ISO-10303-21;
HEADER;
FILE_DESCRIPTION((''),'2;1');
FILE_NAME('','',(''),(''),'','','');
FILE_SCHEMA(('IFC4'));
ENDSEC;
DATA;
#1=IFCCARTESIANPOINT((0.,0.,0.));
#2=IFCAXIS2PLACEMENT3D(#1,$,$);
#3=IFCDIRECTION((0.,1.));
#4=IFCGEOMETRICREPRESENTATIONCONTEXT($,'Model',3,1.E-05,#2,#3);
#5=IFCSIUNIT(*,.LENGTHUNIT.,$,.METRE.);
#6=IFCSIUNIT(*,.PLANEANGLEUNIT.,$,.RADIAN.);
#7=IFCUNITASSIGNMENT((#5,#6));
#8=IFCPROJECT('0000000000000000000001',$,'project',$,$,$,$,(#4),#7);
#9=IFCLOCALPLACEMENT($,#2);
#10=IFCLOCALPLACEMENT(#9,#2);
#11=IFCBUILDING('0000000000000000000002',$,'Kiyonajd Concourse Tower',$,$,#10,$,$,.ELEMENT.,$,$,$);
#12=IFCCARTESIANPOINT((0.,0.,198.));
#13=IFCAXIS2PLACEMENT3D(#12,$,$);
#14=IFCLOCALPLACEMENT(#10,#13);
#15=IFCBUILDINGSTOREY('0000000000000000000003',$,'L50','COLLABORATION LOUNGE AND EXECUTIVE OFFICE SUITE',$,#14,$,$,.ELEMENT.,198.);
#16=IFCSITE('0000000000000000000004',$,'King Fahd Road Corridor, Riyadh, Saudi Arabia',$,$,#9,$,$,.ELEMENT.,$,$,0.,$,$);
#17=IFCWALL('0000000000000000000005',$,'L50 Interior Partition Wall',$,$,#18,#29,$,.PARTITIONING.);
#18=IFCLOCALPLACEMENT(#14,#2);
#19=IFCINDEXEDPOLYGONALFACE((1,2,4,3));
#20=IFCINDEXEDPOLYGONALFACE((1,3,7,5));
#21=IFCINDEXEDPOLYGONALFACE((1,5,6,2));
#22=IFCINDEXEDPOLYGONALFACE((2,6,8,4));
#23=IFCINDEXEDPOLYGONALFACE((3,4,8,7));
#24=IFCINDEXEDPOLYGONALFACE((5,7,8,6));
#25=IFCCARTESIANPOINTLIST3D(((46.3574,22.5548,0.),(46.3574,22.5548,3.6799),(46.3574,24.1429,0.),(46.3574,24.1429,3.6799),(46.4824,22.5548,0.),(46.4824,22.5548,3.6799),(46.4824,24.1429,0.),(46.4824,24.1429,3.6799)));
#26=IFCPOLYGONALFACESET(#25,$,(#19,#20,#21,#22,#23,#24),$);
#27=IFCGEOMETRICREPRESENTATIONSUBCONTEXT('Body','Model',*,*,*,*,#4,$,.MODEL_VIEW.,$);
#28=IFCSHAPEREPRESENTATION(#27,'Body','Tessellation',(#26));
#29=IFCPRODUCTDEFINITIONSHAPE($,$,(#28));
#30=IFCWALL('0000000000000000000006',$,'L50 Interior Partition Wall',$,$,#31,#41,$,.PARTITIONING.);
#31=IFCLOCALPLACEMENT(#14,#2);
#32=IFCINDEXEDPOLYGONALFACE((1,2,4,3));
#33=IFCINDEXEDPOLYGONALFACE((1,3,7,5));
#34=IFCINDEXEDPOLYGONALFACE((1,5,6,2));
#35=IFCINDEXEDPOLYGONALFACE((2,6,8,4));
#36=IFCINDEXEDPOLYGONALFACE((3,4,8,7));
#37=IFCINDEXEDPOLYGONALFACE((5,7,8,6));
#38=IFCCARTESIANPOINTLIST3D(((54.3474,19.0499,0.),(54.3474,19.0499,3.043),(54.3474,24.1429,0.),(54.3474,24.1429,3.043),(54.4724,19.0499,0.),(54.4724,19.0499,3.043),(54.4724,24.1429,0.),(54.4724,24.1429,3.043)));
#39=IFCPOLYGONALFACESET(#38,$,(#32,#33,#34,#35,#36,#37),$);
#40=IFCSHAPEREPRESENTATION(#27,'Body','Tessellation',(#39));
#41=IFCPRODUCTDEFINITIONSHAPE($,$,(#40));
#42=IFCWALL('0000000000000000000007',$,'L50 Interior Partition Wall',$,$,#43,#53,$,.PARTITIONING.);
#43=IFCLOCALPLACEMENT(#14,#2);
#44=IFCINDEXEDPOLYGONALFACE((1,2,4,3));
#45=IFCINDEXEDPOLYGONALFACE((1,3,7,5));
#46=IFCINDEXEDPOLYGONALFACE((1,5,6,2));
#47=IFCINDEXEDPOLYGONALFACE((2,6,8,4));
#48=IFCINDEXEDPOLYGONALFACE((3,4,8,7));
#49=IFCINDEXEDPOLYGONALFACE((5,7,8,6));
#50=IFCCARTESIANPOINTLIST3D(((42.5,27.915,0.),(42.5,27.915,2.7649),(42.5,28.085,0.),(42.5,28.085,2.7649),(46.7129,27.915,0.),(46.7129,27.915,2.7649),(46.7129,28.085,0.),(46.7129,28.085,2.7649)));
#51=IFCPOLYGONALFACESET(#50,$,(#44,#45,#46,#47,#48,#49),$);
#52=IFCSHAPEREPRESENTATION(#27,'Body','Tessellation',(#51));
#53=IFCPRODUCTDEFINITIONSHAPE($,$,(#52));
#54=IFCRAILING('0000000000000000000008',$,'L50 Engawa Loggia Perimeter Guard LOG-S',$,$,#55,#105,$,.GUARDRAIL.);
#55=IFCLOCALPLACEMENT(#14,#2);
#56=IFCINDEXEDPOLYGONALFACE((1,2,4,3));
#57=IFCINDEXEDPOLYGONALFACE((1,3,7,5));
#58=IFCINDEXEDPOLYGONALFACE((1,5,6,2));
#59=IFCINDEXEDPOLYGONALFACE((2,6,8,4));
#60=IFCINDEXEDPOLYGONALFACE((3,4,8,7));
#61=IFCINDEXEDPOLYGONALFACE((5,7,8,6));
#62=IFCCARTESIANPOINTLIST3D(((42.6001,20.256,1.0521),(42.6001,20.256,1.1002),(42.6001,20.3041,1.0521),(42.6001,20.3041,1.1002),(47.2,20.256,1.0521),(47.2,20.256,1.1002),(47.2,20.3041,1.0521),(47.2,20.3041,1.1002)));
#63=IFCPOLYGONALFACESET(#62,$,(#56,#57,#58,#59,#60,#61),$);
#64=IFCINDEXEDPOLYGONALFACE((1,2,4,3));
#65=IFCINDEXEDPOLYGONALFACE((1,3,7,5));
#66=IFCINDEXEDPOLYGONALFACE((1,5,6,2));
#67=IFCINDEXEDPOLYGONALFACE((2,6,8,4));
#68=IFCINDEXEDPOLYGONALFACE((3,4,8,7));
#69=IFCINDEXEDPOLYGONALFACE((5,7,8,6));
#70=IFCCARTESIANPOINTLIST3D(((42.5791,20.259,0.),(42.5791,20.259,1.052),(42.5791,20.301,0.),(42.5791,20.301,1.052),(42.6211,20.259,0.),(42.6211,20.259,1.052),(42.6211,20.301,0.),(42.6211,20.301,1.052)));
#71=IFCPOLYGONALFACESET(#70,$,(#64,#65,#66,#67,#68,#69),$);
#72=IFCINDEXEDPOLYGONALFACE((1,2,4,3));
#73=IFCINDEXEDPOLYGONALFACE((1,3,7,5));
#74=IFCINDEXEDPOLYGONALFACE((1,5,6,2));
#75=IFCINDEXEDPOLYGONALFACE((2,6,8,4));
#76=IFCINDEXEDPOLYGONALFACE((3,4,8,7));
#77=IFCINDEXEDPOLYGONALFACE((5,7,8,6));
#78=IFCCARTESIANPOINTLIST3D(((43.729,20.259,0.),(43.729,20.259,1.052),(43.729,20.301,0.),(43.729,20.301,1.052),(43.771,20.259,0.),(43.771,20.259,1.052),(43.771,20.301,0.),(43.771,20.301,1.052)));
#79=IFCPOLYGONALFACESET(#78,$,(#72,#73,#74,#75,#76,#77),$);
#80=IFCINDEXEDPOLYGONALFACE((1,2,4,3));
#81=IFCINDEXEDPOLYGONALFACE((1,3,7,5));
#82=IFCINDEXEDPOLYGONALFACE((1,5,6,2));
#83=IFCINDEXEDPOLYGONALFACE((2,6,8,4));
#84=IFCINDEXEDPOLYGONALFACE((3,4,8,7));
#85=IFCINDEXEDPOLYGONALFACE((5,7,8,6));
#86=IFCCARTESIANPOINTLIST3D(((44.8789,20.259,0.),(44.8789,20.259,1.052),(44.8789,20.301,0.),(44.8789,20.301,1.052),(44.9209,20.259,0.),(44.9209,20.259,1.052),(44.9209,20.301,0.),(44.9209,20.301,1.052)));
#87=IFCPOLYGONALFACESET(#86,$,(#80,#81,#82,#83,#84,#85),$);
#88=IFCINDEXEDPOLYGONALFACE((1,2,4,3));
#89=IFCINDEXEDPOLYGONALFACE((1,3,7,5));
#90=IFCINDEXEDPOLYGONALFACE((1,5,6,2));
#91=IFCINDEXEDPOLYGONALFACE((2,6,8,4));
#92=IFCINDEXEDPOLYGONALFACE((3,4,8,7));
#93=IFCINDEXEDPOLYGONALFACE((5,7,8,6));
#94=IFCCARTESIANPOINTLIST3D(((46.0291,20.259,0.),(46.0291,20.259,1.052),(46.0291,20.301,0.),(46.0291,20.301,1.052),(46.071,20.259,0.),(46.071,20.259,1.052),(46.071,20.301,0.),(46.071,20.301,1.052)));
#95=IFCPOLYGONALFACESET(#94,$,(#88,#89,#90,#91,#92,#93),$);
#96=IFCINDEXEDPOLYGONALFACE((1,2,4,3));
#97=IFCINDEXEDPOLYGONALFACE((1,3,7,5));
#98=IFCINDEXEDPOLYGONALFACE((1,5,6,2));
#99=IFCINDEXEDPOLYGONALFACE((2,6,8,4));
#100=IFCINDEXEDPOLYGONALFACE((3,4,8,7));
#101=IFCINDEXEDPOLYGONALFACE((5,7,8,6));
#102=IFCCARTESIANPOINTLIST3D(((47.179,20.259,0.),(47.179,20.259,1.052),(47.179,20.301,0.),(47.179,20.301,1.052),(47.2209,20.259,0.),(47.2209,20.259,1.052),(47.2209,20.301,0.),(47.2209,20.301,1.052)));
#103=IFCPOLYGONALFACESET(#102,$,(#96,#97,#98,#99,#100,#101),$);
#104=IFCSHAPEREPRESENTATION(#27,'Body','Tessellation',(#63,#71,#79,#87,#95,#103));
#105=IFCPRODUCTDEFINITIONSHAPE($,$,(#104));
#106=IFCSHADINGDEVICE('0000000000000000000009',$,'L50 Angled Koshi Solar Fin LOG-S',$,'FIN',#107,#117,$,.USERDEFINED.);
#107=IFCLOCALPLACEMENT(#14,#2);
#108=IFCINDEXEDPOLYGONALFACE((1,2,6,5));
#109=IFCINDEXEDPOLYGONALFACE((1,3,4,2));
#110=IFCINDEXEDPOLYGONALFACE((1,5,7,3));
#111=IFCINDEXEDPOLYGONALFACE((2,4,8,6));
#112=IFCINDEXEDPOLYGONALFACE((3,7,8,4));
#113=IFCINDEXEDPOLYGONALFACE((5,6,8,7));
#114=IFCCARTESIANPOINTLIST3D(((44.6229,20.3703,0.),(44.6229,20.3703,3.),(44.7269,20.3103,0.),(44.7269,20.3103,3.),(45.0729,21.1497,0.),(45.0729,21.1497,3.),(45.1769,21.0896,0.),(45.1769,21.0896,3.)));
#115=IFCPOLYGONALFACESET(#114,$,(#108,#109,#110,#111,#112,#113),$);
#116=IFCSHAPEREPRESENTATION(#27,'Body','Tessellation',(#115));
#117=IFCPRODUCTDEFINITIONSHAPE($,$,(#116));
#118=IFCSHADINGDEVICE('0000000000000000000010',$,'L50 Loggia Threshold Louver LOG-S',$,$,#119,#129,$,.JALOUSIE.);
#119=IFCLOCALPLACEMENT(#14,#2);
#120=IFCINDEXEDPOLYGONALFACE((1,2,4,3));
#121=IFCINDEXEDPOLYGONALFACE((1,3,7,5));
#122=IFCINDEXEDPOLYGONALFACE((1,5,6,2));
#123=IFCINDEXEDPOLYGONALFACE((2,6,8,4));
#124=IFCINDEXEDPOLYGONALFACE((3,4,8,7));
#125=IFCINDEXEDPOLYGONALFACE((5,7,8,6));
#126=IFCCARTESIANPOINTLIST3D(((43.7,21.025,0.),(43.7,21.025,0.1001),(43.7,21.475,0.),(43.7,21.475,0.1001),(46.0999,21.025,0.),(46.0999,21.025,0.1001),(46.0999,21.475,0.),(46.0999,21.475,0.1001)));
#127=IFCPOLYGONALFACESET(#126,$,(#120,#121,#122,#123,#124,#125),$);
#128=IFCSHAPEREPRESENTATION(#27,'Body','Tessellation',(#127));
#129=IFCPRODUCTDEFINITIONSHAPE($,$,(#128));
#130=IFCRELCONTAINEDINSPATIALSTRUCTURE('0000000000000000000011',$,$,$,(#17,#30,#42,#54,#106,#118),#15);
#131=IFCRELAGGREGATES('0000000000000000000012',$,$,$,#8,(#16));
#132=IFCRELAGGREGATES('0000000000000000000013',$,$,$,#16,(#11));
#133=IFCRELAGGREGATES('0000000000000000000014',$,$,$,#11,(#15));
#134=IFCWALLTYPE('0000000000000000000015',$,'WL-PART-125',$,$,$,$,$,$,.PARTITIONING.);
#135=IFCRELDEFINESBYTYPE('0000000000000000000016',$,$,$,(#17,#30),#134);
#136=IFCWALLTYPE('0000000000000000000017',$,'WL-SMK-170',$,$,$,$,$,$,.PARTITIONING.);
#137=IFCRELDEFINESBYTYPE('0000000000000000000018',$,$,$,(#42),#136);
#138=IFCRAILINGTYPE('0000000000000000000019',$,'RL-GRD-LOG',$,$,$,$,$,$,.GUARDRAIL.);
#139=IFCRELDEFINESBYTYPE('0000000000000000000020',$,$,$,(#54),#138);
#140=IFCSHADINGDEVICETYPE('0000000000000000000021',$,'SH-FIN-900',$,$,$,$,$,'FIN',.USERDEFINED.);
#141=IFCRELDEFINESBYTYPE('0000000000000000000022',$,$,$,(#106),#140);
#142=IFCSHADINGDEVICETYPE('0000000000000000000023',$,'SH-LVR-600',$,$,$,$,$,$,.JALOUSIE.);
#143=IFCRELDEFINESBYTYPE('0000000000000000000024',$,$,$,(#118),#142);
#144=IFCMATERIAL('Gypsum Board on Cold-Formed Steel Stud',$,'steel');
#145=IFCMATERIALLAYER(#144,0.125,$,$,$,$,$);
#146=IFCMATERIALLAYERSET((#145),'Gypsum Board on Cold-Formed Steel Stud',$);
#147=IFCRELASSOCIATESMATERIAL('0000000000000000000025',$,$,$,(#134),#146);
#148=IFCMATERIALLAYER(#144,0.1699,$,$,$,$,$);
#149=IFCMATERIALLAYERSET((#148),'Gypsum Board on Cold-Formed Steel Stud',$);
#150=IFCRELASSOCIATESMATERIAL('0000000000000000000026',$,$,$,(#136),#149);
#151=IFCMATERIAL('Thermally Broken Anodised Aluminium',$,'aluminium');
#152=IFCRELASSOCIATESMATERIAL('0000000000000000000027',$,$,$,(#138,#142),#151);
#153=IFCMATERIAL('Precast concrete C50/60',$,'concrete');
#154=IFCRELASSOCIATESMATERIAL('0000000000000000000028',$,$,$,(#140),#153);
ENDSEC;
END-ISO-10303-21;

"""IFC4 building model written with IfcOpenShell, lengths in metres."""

from ifc_helpers import new_model, si_unit, direction, frame, frame_2d, origin, origin_2d, place, context, subcontext, project, spatial, rectangle, extrude, material, layer, layer_set, type_object, element, save


model = new_model("IFC4")

# Units and contexts
model_context = context("Model", 3, precision=1e-05, world=origin(), true_north=direction((0.0, 1.0)))
body_context = subcontext(model_context, "Body", "Model", "MODEL_VIEW")
ifc_project = project(units=[si_unit("LENGTHUNIT", "METRE"), si_unit("PLANEANGLEUNIT", "RADIAN")], contexts=[model_context])

# Site, building, storey
site_placement = place(None, origin())
site = spatial("IfcSite", under=ifc_project, at=site_placement, Name="King Fahd Road Corridor, Riyadh, Saudi Arabia", CompositionType="ELEMENT", RefElevation=0.0)
building_placement = place(site_placement, origin())
building = spatial("IfcBuilding", under=site, at=building_placement, Name="Kiyonajd Concourse Tower", CompositionType="ELEMENT")
storey_placement = place(building_placement, frame((0.0, 0.0, 198.0)))
storey = spatial("IfcBuildingStorey", under=building, at=storey_placement, Name="L50", Description="COLLABORATION LOUNGE AND EXECUTIVE OFFICE SUITE", CompositionType="ELEMENT", Elevation=198.0)

# Shared definitions
ifc_material_1 = material(Name="Thermally Broken Anodised Aluminium", Category="aluminium")

# Shared definitions
ifc_material_2 = material(Name="Precast concrete C50/60", Category="concrete")

# Walls
ifc_material_3 = material(Name="Gypsum Board on Cold-Formed Steel Stud", Category="steel")
ifc_layer_1 = layer(ifc_material_3, 0.125)
ifc_layer_set_1 = layer_set([ifc_layer_1], Name="Gypsum Board on Cold-Formed Steel Stud")
wall_type_1 = type_object("IfcWallType", Name="WL-PART-125", PredefinedType="PARTITIONING", material=ifc_layer_set_1)
wall_1_placement = place(storey_placement, frame((46.4199, 22.5549, 0.0), z_axis=(0.0, 0.0, 1.0), x_axis=(0.0, 1.0, 0.0)))
element("IfcWall", 1, at=wall_1_placement, inside=storey, type_object=wall_type_1, Name="L50 Interior Partition Wall", PredefinedType="PARTITIONING", context=body_context, shape_type="SweptSolid", body=[
    extrude(rectangle(XDim=1.5881, YDim=0.125, at=frame_2d((0.7939, 0.0))), origin(), (0.0, 0.0, 1.0), 3.6799),
])
wall_2_placement = place(storey_placement, frame((54.4099, 19.05, 0.0), z_axis=(0.0, 0.0, 1.0), x_axis=(0.0, 1.0, 0.0)))
element("IfcWall", 2, at=wall_2_placement, inside=storey, type_object=wall_type_1, Name="L50 Interior Partition Wall", PredefinedType="PARTITIONING", context=body_context, shape_type="SweptSolid", body=[
    extrude(rectangle(XDim=5.093, YDim=0.125, at=frame_2d((2.5464, 0.0))), origin(), (0.0, 0.0, 1.0), 3.043),
])
ifc_layer_2 = layer(ifc_material_3, 0.1699)
ifc_layer_set_2 = layer_set([ifc_layer_2], Name="Gypsum Board on Cold-Formed Steel Stud")
wall_type_2 = type_object("IfcWallType", Name="WL-SMK-170", PredefinedType="PARTITIONING", material=ifc_layer_set_2)
wall_3_placement = place(storey_placement, frame((42.5, 28.0, 0.0), z_axis=(0.0, 0.0, 1.0), x_axis=(1.0, 0.0, 0.0)))
element("IfcWall", 3, at=wall_3_placement, inside=storey, type_object=wall_type_2, Name="L50 Interior Partition Wall", PredefinedType="PARTITIONING", context=body_context, shape_type="SweptSolid", body=[
    extrude(rectangle(XDim=4.2129, YDim=0.1699, at=frame_2d((2.1064, 0.0))), origin(), (0.0, 0.0, 1.0), 2.7649),
])

# Railing
railing_type = type_object("IfcRailingType", Name="RL-GRD-LOG", PredefinedType="GUARDRAIL", material=ifc_material_1)
railing_placement = place(storey_placement, frame((42.6001, 20.28, 0.0)))
element("IfcRailing", 4, at=railing_placement, inside=storey, type_object=railing_type, Name="L50 Engawa Loggia Perimeter Guard LOG-S", PredefinedType="GUARDRAIL", context=body_context, shape_type="SweptSolid", body=[
    extrude(rectangle(XDim=0.0481, YDim=0.0481, at=origin_2d()), frame((0.0, 0.0, 1.0762), z_axis=(1.0, 0.0, 0.0), x_axis=(0.0, 1.0, 0.0)), (0.0, 0.0, 1.0), 4.5999),
    extrude(rectangle(XDim=0.042, YDim=0.042, at=origin_2d()), origin(), (0.0, 0.0, 1.0), 1.052),
    extrude(rectangle(XDim=0.042, YDim=0.042, at=origin_2d()), frame((1.1499, 0.0, 0.0)), (0.0, 0.0, 1.0), 1.052),
    extrude(rectangle(XDim=0.042, YDim=0.042, at=origin_2d()), frame((2.2998, 0.0, 0.0)), (0.0, 0.0, 1.0), 1.052),
    extrude(rectangle(XDim=0.042, YDim=0.042, at=origin_2d()), frame((3.45, 0.0, 0.0)), (0.0, 0.0, 1.0), 1.052),
    extrude(rectangle(XDim=0.042, YDim=0.042, at=origin_2d()), frame((4.5999, 0.0, 0.0)), (0.0, 0.0, 1.0), 1.052),
])

# Shading devices
shading_device_type_1 = type_object("IfcShadingDeviceType", Name="SH-FIN-900", ElementType="FIN", PredefinedType="USERDEFINED", material=ifc_material_2)
shading_device_1_placement = place(storey_placement, frame((44.8999, 20.73, 0.0), z_axis=(0.0, 0.0, 1.0), x_axis=(0.5, 0.866025, 0.0)))
element("IfcShadingDevice", 5, at=shading_device_1_placement, inside=storey, type_object=shading_device_type_1, Name="L50 Angled Koshi Solar Fin LOG-S", ObjectType="FIN", PredefinedType="USERDEFINED", context=body_context, shape_type="SweptSolid", body=[
    extrude(rectangle(XDim=0.8999, YDim=0.1201, at=origin_2d()), origin(), (0.0, 0.0, 1.0), 3.0),
])
shading_device_type_2 = type_object("IfcShadingDeviceType", Name="SH-LVR-600", PredefinedType="JALOUSIE", material=ifc_material_1)
shading_device_2_placement = place(storey_placement, frame((44.8999, 21.25, 0.0), z_axis=(0.0, 0.0, 1.0), x_axis=(1.0, 0.0, 0.0)))
element("IfcShadingDevice", 6, at=shading_device_2_placement, inside=storey, type_object=shading_device_type_2, Name="L50 Loggia Threshold Louver LOG-S", PredefinedType="JALOUSIE", context=body_context, shape_type="SweptSolid", body=[
    extrude(rectangle(XDim=2.3999, YDim=0.45, at=origin_2d()), origin(), (0.0, 0.0, 1.0), 0.1001),
])

save(model, "model.ifc")
